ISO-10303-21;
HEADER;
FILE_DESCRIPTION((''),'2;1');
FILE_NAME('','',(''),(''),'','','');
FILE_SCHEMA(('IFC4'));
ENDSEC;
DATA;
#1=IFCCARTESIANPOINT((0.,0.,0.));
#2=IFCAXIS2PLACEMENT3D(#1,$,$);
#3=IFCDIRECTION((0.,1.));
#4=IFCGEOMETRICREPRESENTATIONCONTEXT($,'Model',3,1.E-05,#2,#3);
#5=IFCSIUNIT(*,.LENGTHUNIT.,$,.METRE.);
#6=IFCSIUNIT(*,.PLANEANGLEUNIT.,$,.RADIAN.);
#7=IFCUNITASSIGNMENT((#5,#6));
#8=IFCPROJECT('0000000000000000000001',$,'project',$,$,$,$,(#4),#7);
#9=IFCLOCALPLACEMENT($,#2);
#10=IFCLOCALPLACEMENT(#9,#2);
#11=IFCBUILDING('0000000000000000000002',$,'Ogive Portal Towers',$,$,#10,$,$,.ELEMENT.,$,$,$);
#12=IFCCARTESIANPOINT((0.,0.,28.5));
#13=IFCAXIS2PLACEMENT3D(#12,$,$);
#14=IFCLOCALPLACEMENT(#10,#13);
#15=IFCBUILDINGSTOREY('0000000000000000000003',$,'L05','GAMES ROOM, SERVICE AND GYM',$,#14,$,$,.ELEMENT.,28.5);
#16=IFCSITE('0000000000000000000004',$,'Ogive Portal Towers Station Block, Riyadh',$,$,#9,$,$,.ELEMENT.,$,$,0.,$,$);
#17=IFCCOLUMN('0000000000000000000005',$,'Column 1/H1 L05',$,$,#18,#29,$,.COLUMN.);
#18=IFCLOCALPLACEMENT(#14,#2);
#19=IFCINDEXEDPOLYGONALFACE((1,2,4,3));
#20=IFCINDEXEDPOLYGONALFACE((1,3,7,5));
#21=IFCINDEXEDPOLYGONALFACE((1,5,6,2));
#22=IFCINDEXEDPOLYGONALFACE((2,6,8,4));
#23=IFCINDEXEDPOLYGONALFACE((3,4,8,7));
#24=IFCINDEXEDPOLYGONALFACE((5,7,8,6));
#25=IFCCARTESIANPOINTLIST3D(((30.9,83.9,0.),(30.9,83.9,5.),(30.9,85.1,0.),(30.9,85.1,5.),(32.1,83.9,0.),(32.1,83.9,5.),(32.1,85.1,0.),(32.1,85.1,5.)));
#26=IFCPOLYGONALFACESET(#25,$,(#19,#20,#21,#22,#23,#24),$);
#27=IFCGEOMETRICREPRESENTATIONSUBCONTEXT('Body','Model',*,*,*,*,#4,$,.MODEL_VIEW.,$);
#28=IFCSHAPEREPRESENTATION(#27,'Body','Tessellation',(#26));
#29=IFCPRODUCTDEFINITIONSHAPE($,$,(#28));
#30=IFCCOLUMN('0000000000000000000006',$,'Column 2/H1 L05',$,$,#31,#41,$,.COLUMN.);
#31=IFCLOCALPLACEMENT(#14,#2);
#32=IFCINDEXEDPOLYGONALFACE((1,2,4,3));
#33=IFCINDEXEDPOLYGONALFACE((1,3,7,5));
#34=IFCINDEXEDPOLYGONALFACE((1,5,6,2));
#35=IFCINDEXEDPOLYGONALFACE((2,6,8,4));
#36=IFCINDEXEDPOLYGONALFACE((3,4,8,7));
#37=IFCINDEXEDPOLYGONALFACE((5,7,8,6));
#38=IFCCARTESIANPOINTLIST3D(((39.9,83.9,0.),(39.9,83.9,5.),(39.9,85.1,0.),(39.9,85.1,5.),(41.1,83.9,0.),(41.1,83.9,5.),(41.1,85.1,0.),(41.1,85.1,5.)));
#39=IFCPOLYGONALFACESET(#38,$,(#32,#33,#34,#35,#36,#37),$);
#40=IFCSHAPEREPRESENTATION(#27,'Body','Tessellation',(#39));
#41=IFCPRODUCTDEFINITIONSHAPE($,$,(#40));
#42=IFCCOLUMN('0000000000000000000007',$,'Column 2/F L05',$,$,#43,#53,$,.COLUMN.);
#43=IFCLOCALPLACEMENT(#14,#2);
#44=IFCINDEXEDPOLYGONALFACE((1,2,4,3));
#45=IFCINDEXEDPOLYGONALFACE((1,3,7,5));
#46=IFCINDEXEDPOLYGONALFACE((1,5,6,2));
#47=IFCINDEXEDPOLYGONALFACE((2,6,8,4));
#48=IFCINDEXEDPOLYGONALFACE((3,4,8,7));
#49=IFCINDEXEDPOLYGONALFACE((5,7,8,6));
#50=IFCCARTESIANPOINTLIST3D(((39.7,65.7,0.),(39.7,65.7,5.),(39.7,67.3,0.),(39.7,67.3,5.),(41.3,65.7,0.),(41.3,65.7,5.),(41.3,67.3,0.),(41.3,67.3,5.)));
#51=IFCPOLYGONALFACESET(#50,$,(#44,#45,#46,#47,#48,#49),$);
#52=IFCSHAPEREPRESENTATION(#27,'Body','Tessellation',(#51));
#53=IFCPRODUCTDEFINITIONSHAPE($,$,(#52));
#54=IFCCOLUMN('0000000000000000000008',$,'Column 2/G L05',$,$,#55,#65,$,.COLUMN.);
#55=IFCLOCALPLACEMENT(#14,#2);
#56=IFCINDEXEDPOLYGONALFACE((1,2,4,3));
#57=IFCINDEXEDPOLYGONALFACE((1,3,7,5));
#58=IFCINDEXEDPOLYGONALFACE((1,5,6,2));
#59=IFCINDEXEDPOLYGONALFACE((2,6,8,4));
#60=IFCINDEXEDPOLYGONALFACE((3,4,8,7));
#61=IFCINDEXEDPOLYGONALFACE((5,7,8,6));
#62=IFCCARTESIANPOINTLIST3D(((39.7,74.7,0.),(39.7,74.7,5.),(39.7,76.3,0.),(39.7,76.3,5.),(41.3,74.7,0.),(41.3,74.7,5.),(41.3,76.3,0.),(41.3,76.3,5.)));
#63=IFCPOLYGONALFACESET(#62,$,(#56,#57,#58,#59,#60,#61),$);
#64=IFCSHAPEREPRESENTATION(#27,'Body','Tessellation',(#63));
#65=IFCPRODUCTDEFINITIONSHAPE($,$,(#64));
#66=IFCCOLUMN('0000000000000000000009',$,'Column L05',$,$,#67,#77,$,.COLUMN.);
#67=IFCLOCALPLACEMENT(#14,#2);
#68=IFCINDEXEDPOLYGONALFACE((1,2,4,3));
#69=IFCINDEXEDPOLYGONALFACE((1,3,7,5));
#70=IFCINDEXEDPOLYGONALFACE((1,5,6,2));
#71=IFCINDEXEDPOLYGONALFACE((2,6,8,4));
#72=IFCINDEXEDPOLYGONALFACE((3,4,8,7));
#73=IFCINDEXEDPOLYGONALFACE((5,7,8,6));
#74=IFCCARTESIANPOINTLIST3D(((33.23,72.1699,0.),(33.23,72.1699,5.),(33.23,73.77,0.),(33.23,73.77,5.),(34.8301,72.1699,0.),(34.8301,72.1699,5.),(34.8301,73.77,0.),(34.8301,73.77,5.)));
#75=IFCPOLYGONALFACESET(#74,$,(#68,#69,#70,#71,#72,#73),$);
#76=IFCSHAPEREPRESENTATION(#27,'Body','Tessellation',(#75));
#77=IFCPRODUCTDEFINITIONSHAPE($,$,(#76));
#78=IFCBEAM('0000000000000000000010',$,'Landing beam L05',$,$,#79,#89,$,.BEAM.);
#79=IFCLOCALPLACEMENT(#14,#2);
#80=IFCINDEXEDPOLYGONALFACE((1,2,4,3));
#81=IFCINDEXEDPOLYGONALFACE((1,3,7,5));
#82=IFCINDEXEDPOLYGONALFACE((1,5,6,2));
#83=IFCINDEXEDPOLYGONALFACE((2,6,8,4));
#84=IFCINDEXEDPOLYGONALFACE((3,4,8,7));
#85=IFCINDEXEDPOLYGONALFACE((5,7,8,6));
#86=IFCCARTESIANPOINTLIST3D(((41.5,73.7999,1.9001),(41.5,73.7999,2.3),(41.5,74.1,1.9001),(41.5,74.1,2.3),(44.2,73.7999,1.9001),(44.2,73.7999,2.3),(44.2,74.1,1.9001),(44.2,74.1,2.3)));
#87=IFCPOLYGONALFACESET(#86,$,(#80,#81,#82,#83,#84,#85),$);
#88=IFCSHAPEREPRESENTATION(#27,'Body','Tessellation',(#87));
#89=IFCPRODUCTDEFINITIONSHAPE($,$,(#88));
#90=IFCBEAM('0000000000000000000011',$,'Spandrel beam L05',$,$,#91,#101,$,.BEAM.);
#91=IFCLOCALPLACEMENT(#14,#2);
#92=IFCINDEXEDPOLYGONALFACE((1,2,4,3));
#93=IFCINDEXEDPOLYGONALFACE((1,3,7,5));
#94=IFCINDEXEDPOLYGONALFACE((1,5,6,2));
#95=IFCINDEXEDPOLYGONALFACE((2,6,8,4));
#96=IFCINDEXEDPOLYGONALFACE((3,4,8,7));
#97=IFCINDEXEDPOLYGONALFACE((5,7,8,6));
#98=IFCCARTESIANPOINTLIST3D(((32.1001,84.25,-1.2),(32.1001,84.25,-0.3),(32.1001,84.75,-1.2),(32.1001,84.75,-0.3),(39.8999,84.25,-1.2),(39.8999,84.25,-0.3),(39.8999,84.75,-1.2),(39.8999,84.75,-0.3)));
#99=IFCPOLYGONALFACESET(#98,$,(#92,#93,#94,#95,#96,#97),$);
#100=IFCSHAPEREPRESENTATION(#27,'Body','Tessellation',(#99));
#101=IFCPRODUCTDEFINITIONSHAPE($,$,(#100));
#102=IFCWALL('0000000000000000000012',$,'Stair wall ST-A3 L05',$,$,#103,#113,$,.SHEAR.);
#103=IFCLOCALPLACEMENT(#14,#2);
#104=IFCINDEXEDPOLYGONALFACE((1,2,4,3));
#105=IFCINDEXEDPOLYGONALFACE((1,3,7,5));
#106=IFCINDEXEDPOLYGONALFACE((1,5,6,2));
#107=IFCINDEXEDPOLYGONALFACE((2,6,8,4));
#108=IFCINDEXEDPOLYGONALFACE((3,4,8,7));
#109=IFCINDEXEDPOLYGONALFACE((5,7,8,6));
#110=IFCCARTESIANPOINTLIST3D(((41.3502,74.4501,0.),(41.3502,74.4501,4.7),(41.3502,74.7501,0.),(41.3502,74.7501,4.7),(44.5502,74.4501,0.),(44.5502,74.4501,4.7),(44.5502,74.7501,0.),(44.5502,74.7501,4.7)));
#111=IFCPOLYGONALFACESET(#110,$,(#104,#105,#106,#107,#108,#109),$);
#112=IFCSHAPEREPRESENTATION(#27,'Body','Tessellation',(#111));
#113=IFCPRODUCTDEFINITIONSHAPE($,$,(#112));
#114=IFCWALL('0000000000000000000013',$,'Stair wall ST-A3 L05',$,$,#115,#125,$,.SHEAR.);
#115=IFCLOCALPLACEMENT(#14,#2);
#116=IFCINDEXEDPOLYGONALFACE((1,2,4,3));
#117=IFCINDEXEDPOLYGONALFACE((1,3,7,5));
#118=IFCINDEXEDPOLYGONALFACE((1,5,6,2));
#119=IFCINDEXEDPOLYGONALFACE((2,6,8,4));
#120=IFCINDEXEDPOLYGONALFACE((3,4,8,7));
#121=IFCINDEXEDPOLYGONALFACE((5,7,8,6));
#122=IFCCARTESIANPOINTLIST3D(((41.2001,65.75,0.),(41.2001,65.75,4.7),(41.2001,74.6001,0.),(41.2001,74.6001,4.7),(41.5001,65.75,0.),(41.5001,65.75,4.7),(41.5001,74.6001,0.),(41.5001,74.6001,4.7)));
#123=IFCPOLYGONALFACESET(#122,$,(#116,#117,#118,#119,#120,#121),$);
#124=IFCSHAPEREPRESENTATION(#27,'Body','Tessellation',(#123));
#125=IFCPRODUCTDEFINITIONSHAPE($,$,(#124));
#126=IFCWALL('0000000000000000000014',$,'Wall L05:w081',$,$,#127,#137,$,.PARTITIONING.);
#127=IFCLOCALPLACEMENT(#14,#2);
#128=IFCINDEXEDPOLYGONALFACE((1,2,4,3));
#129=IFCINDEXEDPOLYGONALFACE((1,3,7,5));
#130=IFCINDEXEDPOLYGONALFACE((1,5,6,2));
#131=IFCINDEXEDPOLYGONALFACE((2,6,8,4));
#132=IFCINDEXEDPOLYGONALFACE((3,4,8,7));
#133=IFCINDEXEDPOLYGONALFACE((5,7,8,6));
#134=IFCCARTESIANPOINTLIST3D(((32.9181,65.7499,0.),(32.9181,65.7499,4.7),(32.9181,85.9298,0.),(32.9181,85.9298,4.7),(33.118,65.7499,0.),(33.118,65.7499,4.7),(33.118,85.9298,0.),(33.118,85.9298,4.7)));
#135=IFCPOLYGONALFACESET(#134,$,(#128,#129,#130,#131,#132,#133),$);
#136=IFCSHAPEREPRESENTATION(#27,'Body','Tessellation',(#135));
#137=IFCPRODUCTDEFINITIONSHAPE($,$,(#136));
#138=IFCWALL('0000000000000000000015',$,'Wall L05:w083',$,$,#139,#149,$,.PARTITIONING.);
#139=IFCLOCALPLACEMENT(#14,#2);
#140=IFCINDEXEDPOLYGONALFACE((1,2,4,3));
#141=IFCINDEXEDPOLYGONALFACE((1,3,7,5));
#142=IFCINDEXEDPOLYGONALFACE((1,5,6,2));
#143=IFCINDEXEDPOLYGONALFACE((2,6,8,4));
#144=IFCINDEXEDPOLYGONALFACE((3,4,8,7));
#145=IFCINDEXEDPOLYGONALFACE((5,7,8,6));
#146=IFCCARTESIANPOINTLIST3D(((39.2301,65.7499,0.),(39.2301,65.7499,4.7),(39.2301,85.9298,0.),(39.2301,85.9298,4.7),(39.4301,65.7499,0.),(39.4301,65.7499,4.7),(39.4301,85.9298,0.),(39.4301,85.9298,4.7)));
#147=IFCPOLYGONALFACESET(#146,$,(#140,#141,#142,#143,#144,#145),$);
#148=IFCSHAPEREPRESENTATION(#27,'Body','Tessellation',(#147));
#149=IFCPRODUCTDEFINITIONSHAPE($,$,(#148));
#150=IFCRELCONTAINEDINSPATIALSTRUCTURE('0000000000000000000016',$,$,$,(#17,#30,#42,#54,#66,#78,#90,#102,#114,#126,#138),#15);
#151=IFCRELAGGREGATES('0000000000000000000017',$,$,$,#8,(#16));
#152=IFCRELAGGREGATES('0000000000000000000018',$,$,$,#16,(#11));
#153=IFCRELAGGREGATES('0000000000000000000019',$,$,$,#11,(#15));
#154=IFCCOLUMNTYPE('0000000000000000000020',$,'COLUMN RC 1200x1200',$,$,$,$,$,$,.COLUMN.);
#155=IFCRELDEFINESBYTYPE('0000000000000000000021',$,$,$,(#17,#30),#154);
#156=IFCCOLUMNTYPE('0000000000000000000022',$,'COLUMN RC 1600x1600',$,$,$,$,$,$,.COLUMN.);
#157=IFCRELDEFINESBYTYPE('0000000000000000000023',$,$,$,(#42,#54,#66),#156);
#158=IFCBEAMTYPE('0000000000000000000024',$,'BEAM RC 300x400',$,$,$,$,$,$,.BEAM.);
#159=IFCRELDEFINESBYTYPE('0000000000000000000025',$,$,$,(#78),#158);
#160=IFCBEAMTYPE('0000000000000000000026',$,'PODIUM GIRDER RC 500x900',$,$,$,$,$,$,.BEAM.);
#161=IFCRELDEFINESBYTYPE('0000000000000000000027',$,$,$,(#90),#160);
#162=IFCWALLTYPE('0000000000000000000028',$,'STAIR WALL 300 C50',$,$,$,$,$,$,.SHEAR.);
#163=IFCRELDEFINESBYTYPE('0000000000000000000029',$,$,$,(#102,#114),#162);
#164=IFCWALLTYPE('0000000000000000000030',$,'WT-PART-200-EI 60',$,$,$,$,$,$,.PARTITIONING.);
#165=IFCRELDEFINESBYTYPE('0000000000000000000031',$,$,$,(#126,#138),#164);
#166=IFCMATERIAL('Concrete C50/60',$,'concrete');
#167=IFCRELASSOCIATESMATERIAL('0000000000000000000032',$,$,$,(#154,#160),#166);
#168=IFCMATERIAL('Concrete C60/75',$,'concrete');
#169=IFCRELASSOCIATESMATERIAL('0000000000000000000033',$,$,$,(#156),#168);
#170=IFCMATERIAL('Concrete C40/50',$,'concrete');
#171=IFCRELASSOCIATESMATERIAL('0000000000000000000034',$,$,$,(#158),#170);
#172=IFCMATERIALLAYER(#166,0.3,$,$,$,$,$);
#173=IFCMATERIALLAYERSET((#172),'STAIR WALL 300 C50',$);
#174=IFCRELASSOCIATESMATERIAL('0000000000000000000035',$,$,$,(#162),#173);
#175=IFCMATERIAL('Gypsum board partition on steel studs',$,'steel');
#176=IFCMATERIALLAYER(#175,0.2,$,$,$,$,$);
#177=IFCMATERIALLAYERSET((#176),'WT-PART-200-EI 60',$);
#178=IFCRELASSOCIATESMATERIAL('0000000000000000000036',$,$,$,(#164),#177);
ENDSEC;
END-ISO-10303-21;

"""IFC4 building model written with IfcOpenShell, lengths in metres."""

from ifc_helpers import new_model, si_unit, direction, frame, frame_2d, origin, origin_2d, place, context, subcontext, project, spatial, rectangle, extrude, material, layer, layer_set, material_profile, profile_set, type_object, element, save


model = new_model("IFC4")

# Units and contexts
model_context = context("Model", 3, precision=1e-05, world=origin(), true_north=direction((0.0, 1.0)))
body_context = subcontext(model_context, "Body", "Model", "MODEL_VIEW")
ifc_project = project(units=[si_unit("LENGTHUNIT", "METRE"), si_unit("PLANEANGLEUNIT", "RADIAN")], contexts=[model_context])

# Site, building, storey
site_placement = place(None, origin())
site = spatial("IfcSite", under=ifc_project, at=site_placement, Name="Ogive Portal Towers Station Block, Riyadh", CompositionType="ELEMENT", RefElevation=0.0)
building_placement = place(site_placement, origin())
building = spatial("IfcBuilding", under=site, at=building_placement, Name="Ogive Portal Towers", CompositionType="ELEMENT")
storey_placement = place(building_placement, frame((0.0, 0.0, 28.5)))
storey = spatial("IfcBuildingStorey", under=building, at=storey_placement, Name="L05", Description="GAMES ROOM, SERVICE AND GYM", CompositionType="ELEMENT", Elevation=28.5)

# Columns
ifc_material_1 = material(Name="Concrete C50/60", Category="concrete")
ifc_material_profile_1 = material_profile(ifc_material_1, rectangle(XDim=1.2, YDim=1.2, at=origin_2d()), Name="RC 1200x1200")
ifc_profile_set_1 = profile_set([ifc_material_profile_1], Name="Concrete C50/60")
column_type_1 = type_object("IfcColumnType", Name="COLUMN RC 1200x1200", PredefinedType="COLUMN", material=ifc_profile_set_1)
for number, where, z_axis, x_axis, name in (
    (1, (31.5, 84.5, 0.0), (0.0, 0.0, 1.0), (1.0, 0.0, 0.0), "Column 1/H1 L05"),
    (2, (40.5, 84.5, 0.0), (0.0, 0.0, 1.0), (1.0, 0.0, 0.0), "Column 2/H1 L05"),
):
    element("IfcColumn", number, at=place(storey_placement, frame(where, z_axis=z_axis, x_axis=x_axis)), inside=storey, type_object=column_type_1, Name=name, PredefinedType="COLUMN", context=body_context, shape_type="SweptSolid", body=[
        extrude(rectangle(XDim=1.2, YDim=1.2, at=origin_2d()), origin(), (0.0, 0.0, 1.0), 5.0),
    ])
ifc_material_2 = material(Name="Concrete C60/75", Category="concrete")
ifc_material_profile_2 = material_profile(ifc_material_2, rectangle(XDim=1.6001, YDim=1.6001, at=origin_2d()), Name="RC 1600x1600")
ifc_profile_set_2 = profile_set([ifc_material_profile_2], Name="Concrete C60/75")
column_type_2 = type_object("IfcColumnType", Name="COLUMN RC 1600x1600", PredefinedType="COLUMN", material=ifc_profile_set_2)
for number, where, z_axis, x_axis, name in (
    (3, (40.5, 66.5, 0.0), (0.0, 0.0, 1.0), (1.0, 0.0, 0.0), "Column 2/F L05"),
    (4, (40.5, 75.5, 0.0), (0.0, 0.0, 1.0), (1.0, 0.0, 0.0), "Column 2/G L05"),
    (5, (34.03, 72.97, 0.0), (0.0, 0.0, 1.0), (1.0, 0.0, 0.0), "Column L05"),
):
    element("IfcColumn", number, at=place(storey_placement, frame(where, z_axis=z_axis, x_axis=x_axis)), inside=storey, type_object=column_type_2, Name=name, PredefinedType="COLUMN", context=body_context, shape_type="SweptSolid", body=[
        extrude(rectangle(XDim=1.6001, YDim=1.6001, at=origin_2d()), origin(), (0.0, 0.0, 1.0), 5.0),
    ])

# Beams
ifc_material_3 = material(Name="Concrete C40/50", Category="concrete")
ifc_material_profile_3 = material_profile(ifc_material_3, rectangle(XDim=0.3, YDim=0.3999, at=origin_2d()), Name="RC 300x400")
ifc_profile_set_3 = profile_set([ifc_material_profile_3], Name="Concrete C40/50")
beam_type_1 = type_object("IfcBeamType", Name="BEAM RC 300x400", PredefinedType="BEAM", material=ifc_profile_set_3)
beam_1_placement = place(storey_placement, frame((41.5, 73.95, 2.1001), z_axis=(1.0, 0.0, 0.0), x_axis=(0.0, 1.0, 0.0)))
element("IfcBeam", 6, at=beam_1_placement, inside=storey, type_object=beam_type_1, Name="Landing beam L05", PredefinedType="BEAM", context=body_context, shape_type="SweptSolid", body=[
    extrude(rectangle(XDim=0.3, YDim=0.3999, at=origin_2d()), origin(), (0.0, 0.0, 1.0), 2.7),
])
ifc_material_profile_4 = material_profile(ifc_material_1, rectangle(XDim=0.5, YDim=0.8999, at=origin_2d()), Name="RC 500x900")
ifc_profile_set_4 = profile_set([ifc_material_profile_4], Name="Concrete C50/60")
beam_type_2 = type_object("IfcBeamType", Name="PODIUM GIRDER RC 500x900", PredefinedType="BEAM", material=ifc_profile_set_4)
beam_2_placement = place(storey_placement, frame((39.8999, 84.5, -0.75), z_axis=(-1.0, 0.0, 0.0), x_axis=(0.0, -1.0, 0.0)))
element("IfcBeam", 7, at=beam_2_placement, inside=storey, type_object=beam_type_2, Name="Spandrel beam L05", PredefinedType="BEAM", context=body_context, shape_type="SweptSolid", body=[
    extrude(rectangle(XDim=0.5, YDim=0.8999, at=origin_2d()), origin(), (0.0, 0.0, 1.0), 7.7998),
])

# Walls
ifc_layer_1 = layer(ifc_material_1, 0.3)
ifc_layer_set_1 = layer_set([ifc_layer_1], Name="STAIR WALL 300 C50")
wall_type_1 = type_object("IfcWallType", Name="STAIR WALL 300 C50", PredefinedType="SHEAR", material=ifc_layer_set_1)
wall_1_placement = place(storey_placement, frame((41.3501, 74.6001, 0.0), z_axis=(0.0, 0.0, 1.0), x_axis=(1.0, 0.0, 0.0)))
element("IfcWall", 8, at=wall_1_placement, inside=storey, type_object=wall_type_1, Name="Stair wall ST-A3 L05", PredefinedType="SHEAR", context=body_context, shape_type="SweptSolid", body=[
    extrude(rectangle(XDim=3.2, YDim=0.3, at=frame_2d((1.6001, 0.0))), origin(), (0.0, 0.0, 1.0), 4.7),
])
wall_2_placement = place(storey_placement, frame((41.3501, 65.75, 0.0), z_axis=(0.0, 0.0, 1.0), x_axis=(0.0, 1.0, 0.0)))
element("IfcWall", 9, at=wall_2_placement, inside=storey, type_object=wall_type_1, Name="Stair wall ST-A3 L05", PredefinedType="SHEAR", context=body_context, shape_type="SweptSolid", body=[
    extrude(rectangle(XDim=8.8501, YDim=0.3, at=frame_2d((4.425, 0.0))), origin(), (0.0, 0.0, 1.0), 4.7),
])
ifc_material_4 = material(Name="Gypsum board partition on steel studs", Category="steel")
ifc_layer_2 = layer(ifc_material_4, 0.2)
ifc_layer_set_2 = layer_set([ifc_layer_2], Name="WT-PART-200-EI 60")
wall_type_2 = type_object("IfcWallType", Name="WT-PART-200-EI 60", PredefinedType="PARTITIONING", material=ifc_layer_set_2)
for number, where, z_axis, x_axis, name in (
    (10, (33.0181, 65.75, 0.0), (0.0, 0.0, 1.0), (0.0, 1.0, 0.0), "Wall L05:w081"),
    (11, (39.3301, 65.75, 0.0), (0.0, 0.0, 1.0), (0.0, 1.0, 0.0), "Wall L05:w083"),
):
    element("IfcWall", number, at=place(storey_placement, frame(where, z_axis=z_axis, x_axis=x_axis)), inside=storey, type_object=wall_type_2, Name=name, PredefinedType="PARTITIONING", context=body_context, shape_type="SweptSolid", body=[
        extrude(rectangle(XDim=20.1799, YDim=0.2, at=frame_2d((10.0898, 0.0))), origin(), (0.0, 0.0, 1.0), 4.7),
    ])

save(model, "model.ifc")
